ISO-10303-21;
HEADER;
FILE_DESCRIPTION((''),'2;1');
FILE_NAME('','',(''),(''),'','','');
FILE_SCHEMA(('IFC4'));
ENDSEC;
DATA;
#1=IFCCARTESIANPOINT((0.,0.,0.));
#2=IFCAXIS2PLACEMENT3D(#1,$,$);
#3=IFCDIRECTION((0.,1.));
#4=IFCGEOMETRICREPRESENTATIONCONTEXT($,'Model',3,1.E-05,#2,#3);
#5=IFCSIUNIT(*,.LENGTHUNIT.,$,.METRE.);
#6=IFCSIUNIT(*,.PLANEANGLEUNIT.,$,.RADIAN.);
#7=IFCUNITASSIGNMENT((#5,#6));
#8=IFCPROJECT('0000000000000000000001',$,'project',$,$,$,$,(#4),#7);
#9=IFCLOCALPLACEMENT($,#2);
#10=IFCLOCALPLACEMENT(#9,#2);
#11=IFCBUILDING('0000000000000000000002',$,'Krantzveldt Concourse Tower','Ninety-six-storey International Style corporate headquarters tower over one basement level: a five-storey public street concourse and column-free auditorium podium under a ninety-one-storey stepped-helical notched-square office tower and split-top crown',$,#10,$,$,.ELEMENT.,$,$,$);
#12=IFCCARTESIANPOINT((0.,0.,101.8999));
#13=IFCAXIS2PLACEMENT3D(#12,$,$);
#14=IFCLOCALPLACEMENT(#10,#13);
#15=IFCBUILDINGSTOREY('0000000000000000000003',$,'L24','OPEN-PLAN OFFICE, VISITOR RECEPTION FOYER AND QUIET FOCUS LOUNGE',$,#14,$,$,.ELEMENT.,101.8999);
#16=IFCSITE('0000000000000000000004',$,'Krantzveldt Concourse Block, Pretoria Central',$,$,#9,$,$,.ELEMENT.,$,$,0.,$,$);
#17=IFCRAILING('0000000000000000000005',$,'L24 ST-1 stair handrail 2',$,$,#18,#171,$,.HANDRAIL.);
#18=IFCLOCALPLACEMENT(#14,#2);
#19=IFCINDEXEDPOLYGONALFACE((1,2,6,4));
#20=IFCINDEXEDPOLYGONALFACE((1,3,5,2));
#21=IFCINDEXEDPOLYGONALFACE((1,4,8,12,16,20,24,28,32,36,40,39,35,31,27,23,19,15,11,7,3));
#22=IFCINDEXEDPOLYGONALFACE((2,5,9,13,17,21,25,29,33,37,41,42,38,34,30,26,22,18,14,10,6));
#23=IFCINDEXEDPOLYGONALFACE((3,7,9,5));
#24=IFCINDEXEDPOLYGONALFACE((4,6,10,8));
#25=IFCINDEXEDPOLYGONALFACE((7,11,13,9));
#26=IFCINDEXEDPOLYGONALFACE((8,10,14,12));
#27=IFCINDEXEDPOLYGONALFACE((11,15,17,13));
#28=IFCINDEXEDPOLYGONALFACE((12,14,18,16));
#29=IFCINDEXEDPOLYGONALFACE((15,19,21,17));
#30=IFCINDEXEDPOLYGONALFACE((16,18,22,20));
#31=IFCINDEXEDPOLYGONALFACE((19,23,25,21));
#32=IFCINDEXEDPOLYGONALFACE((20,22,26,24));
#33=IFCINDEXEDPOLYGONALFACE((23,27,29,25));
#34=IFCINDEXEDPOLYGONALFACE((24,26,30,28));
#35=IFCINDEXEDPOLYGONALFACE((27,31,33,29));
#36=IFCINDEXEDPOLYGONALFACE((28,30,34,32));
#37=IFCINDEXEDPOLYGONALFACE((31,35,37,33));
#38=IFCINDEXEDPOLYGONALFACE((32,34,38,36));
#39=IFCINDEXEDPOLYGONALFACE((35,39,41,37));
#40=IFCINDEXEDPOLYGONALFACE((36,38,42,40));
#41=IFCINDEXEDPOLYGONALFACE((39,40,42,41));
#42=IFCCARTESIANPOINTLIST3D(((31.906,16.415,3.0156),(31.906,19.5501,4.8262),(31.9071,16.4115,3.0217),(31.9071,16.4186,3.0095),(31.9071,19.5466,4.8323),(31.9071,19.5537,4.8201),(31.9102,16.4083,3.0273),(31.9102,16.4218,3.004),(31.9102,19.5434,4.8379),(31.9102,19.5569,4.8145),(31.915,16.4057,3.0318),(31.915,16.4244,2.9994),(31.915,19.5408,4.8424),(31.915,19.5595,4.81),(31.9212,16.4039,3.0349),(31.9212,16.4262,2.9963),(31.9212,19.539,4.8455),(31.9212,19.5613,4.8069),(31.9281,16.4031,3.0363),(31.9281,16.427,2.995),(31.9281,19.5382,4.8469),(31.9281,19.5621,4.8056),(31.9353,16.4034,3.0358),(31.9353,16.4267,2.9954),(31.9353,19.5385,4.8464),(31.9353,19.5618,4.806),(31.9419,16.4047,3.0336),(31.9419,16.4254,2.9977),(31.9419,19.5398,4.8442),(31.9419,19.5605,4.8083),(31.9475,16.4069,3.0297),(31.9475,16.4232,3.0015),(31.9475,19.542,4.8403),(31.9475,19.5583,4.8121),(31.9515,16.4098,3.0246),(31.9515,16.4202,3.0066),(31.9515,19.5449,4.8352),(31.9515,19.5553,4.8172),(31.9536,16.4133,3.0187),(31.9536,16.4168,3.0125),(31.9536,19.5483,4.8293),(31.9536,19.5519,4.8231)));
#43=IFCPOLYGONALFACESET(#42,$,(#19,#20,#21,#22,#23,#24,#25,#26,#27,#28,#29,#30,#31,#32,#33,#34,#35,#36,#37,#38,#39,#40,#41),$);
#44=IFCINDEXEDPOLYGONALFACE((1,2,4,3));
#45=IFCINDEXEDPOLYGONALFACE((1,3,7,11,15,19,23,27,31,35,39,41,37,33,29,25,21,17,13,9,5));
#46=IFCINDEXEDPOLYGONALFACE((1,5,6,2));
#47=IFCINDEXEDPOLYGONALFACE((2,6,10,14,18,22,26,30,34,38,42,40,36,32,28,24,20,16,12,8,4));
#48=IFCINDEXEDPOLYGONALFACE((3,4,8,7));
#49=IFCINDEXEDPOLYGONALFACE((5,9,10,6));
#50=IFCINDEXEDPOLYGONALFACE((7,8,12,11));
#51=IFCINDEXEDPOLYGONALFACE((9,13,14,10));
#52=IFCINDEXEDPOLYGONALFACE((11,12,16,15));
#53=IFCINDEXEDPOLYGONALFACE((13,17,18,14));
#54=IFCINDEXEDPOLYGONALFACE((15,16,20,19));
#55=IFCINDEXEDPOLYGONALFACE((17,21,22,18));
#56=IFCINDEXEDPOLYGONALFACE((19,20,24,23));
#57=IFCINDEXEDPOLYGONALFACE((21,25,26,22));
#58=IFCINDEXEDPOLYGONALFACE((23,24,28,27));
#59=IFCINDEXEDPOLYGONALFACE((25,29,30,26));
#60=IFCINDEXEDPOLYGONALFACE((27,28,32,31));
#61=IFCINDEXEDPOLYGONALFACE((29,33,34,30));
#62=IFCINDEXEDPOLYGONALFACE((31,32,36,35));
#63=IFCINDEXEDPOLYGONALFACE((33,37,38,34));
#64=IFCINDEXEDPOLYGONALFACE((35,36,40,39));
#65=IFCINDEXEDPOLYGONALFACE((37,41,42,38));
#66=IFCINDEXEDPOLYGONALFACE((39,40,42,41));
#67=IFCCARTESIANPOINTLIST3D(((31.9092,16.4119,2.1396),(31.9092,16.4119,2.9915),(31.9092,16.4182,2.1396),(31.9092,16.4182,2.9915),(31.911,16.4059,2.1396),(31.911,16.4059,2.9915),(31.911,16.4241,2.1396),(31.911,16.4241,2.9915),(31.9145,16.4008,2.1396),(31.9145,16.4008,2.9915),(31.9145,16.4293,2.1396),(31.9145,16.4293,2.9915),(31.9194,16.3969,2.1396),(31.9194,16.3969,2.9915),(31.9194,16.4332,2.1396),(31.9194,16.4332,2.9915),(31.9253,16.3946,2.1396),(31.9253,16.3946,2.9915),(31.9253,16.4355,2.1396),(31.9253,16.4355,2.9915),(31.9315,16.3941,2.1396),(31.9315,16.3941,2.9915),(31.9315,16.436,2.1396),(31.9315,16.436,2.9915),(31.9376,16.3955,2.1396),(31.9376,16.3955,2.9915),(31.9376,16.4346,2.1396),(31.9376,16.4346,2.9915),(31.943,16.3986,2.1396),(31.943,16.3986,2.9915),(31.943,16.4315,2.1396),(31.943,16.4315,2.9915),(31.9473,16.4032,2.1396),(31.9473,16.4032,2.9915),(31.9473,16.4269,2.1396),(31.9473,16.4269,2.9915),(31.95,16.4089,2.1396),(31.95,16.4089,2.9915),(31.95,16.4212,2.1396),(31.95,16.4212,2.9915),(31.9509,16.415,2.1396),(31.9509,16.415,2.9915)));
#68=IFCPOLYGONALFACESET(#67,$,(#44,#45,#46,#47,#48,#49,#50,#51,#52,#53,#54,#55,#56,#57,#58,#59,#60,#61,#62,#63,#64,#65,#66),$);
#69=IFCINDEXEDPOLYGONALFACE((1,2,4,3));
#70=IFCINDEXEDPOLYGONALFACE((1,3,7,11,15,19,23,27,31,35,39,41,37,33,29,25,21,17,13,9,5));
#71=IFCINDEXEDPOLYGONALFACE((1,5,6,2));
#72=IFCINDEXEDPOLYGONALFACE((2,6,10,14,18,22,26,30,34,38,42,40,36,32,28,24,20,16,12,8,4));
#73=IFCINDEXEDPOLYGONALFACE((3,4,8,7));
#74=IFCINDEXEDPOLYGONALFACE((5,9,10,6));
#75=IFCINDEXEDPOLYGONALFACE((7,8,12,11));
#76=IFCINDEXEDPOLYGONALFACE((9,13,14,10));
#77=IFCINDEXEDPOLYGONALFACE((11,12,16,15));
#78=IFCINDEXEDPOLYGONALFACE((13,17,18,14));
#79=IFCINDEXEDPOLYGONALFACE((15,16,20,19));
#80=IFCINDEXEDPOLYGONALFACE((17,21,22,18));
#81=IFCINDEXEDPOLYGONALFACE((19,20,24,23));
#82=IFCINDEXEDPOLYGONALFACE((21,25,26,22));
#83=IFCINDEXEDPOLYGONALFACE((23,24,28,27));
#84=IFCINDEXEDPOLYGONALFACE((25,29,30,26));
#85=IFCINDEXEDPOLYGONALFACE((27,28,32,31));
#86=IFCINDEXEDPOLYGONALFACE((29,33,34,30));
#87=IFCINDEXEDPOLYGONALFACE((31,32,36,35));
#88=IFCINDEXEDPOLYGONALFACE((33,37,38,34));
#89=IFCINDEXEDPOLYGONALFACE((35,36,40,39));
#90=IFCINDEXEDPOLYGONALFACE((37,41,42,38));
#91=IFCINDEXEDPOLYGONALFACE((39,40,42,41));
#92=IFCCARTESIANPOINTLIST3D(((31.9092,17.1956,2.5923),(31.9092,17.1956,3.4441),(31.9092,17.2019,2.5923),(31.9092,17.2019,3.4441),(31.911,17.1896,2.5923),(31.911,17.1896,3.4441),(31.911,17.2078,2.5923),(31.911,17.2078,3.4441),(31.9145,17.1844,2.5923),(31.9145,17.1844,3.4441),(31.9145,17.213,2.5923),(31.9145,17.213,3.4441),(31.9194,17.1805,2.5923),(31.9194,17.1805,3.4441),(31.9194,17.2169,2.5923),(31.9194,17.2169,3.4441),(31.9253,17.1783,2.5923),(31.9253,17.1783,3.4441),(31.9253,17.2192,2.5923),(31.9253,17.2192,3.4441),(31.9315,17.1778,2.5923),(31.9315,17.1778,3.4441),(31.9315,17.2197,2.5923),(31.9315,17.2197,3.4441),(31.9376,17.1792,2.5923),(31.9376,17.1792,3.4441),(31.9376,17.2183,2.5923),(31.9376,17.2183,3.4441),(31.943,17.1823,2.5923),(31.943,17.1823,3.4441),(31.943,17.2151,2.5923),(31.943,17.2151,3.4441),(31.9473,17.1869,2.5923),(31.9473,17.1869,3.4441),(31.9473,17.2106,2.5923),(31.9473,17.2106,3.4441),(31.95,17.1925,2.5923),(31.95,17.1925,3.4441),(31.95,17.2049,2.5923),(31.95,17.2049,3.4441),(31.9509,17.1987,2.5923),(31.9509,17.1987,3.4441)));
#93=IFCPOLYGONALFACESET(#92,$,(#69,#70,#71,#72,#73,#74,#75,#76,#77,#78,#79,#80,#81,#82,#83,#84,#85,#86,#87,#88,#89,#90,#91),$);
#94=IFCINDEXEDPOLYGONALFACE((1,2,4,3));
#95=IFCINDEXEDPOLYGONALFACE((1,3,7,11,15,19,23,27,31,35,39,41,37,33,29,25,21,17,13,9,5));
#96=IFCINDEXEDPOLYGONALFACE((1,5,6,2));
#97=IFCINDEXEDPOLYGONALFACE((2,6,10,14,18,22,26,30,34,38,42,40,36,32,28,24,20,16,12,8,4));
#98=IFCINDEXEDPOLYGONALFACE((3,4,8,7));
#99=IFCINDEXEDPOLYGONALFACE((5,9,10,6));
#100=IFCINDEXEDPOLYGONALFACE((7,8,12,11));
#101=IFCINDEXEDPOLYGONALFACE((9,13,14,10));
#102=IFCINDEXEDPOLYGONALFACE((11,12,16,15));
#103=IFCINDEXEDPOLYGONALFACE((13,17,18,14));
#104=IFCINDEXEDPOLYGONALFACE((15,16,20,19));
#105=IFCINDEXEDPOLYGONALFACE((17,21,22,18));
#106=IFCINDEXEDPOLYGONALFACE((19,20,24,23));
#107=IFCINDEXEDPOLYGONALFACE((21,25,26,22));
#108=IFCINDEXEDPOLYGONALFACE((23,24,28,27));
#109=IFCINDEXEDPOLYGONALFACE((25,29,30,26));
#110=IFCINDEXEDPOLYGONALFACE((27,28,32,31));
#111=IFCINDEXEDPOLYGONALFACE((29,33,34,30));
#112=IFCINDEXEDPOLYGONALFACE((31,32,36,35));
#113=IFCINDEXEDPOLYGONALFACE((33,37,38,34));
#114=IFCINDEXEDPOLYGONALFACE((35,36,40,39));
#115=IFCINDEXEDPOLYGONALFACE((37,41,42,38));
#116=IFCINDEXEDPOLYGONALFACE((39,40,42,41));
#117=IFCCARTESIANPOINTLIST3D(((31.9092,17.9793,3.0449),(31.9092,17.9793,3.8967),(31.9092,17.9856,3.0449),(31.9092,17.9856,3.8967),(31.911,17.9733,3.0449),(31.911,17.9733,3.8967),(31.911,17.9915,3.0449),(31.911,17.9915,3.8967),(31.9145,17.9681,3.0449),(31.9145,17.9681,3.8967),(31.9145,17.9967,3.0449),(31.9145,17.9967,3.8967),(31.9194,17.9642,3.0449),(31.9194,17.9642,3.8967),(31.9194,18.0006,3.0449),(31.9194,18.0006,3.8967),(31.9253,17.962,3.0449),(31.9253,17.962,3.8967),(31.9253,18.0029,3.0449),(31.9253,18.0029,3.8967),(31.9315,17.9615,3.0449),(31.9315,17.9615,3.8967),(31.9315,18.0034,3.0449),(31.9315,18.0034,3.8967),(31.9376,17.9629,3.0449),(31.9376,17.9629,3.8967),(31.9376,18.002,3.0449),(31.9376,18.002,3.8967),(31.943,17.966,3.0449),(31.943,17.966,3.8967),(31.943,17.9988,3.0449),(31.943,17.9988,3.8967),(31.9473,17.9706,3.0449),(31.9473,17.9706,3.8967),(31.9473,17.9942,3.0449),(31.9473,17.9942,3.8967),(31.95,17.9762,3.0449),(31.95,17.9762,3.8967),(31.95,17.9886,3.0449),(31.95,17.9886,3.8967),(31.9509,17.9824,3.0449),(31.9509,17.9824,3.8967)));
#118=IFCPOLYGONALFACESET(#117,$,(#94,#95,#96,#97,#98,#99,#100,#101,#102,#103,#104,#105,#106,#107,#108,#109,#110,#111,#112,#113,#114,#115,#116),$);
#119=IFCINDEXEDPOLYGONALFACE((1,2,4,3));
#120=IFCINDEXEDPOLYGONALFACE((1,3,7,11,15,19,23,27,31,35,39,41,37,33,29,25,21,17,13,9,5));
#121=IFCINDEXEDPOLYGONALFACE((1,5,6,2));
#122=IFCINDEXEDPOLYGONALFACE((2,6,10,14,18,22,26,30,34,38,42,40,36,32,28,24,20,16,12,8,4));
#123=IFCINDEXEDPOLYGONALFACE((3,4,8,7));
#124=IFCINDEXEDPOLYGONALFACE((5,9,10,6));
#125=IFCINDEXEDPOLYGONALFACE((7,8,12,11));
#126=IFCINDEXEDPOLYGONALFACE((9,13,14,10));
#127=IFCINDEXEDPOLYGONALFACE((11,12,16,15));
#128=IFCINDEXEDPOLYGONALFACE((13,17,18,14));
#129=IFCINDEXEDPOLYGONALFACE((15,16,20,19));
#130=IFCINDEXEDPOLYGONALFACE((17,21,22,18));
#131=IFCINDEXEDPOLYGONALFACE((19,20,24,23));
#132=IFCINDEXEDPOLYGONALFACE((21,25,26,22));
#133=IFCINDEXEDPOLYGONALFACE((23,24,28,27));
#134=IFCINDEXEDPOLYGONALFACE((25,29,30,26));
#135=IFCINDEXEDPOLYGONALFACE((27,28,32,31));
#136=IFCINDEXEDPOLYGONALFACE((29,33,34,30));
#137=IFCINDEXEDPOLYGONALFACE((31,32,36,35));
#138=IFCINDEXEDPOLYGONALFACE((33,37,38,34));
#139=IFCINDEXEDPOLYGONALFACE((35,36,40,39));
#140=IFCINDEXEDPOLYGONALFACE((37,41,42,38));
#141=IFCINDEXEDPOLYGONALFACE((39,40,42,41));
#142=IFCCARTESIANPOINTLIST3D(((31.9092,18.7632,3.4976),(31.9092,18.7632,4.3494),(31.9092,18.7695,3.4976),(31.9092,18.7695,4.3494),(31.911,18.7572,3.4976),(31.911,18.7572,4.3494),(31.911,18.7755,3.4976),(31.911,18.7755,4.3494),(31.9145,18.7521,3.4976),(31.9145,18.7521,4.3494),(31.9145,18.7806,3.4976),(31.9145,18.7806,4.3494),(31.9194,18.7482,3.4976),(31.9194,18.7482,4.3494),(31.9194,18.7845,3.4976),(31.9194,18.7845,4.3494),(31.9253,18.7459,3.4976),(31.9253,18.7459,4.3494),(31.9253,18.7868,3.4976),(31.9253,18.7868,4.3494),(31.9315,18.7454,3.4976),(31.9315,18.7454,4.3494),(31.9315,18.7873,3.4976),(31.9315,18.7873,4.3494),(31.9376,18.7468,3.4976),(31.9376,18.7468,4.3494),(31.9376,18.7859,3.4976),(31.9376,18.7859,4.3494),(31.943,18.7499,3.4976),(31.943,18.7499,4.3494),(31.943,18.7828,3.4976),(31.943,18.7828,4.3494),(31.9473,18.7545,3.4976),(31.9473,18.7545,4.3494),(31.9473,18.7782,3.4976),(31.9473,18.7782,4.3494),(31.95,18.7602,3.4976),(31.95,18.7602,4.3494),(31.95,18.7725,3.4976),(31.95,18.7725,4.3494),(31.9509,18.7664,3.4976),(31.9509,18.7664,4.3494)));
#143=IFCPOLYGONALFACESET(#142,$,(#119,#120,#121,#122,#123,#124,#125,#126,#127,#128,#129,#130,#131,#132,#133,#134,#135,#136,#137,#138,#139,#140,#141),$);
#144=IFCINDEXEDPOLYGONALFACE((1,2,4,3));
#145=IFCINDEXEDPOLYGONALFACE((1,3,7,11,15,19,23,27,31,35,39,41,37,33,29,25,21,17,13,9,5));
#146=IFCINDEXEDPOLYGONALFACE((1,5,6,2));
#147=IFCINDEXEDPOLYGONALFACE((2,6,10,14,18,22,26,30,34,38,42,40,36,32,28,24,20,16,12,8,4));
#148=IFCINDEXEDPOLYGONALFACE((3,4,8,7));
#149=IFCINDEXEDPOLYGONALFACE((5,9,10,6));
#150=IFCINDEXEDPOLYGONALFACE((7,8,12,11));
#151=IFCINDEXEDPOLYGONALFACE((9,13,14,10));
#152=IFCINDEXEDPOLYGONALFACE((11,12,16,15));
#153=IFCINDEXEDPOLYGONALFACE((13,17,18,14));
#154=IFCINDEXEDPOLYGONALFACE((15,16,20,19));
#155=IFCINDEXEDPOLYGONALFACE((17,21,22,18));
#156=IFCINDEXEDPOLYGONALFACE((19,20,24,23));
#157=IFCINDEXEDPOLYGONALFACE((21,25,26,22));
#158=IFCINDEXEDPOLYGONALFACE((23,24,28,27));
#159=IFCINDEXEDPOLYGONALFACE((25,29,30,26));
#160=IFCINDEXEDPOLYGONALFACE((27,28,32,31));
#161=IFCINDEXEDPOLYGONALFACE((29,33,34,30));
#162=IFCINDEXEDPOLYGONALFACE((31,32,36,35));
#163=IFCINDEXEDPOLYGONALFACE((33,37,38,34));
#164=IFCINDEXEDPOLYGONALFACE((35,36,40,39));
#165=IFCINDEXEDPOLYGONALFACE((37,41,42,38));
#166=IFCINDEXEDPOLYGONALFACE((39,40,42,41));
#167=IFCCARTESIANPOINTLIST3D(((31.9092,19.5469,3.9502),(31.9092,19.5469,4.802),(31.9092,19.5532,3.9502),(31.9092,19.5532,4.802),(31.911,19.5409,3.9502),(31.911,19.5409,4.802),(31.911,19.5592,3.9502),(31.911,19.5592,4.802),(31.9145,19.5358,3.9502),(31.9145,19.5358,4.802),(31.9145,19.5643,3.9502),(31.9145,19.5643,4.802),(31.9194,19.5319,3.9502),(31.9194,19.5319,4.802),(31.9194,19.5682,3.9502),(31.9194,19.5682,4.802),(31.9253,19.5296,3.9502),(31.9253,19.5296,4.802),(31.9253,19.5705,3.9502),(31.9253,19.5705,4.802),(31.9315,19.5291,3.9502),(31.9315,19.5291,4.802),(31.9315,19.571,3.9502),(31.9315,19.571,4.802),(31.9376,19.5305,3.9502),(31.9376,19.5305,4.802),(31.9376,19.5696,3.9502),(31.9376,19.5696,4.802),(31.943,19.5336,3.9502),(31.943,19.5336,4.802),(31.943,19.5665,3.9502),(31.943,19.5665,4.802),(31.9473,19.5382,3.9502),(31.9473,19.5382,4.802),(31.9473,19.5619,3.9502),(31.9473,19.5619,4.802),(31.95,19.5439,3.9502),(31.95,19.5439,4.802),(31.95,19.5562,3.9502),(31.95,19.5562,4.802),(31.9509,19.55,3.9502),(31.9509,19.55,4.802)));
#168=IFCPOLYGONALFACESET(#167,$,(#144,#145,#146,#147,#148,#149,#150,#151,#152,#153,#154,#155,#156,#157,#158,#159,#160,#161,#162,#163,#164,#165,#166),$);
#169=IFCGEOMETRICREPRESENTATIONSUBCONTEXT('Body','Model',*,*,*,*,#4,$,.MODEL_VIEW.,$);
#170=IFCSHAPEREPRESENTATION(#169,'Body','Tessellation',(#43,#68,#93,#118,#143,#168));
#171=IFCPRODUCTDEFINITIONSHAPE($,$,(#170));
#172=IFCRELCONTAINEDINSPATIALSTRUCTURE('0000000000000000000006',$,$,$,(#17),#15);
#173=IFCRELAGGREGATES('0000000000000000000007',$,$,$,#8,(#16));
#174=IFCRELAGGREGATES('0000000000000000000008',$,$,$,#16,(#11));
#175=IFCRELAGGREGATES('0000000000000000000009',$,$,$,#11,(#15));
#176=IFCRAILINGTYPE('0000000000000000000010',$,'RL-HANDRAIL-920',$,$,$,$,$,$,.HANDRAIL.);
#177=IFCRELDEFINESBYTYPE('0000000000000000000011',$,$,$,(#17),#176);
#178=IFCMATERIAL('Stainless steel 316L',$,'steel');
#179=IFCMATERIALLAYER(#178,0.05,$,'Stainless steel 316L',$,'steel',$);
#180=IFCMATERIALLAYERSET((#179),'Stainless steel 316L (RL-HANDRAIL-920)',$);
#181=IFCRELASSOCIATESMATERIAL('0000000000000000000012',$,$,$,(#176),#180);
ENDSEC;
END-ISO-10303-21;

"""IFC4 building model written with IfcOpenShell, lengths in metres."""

from ifc_helpers import new_model, si_unit, direction, frame, origin, origin_2d, place, context, subcontext, project, spatial, circle, extrude, material, layer, layer_set, type_object, element, save


model = new_model("IFC4")

# Units and contexts
model_context = context("Model", 3, precision=1e-05, world=origin(), true_north=direction((0.0, 1.0)))
body_context = subcontext(model_context, "Body", "Model", "MODEL_VIEW")
ifc_project = project(units=[si_unit("LENGTHUNIT", "METRE"), si_unit("PLANEANGLEUNIT", "RADIAN")], contexts=[model_context])

# Site, building, storey
site_placement = place(None, origin())
site = spatial("IfcSite", under=ifc_project, at=site_placement, Name="Krantzveldt Concourse Block, Pretoria Central", CompositionType="ELEMENT", RefElevation=0.0)
building_placement = place(site_placement, origin())
building = spatial("IfcBuilding", under=site, at=building_placement, Name="Krantzveldt Concourse Tower", Description="Ninety-six-storey International Style corporate headquarters tower over one basement level: a five-storey public street concourse and column-free auditorium podium under a ninety-one-storey stepped-helical notched-square office tower and split-top crown", CompositionType="ELEMENT")
storey_placement = place(building_placement, frame((0.0, 0.0, 101.8999)))
storey = spatial("IfcBuildingStorey", under=building, at=storey_placement, Name="L24", Description="OPEN-PLAN OFFICE, VISITOR RECEPTION FOYER AND QUIET FOCUS LOUNGE", CompositionType="ELEMENT", Elevation=101.8999)

# Railing
ifc_material_1 = material(Name="Stainless steel 316L", Category="steel")
ifc_layer_1 = layer(ifc_material_1, 0.05, Name="Stainless steel 316L", Category="steel")
ifc_layer_set_1 = layer_set([ifc_layer_1], Name="Stainless steel 316L (RL-HANDRAIL-920)")
railing_type_1 = type_object("IfcRailingType", Name="RL-HANDRAIL-920", PredefinedType="HANDRAIL", material=ifc_layer_set_1)
railing_1_placement = place(storey_placement, frame((31.9299, 16.415, 2.1396)))
element("IfcRailing", 1, at=railing_1_placement, inside=storey, type_object=railing_type_1, Name="L24 ST-1 stair handrail 2", PredefinedType="HANDRAIL", context=body_context, shape_type="SweptSolid", body=[
    extrude(circle(Radius=0.0239, at=origin_2d()), frame((0.0, 0.0, 0.876), z_axis=(0.0, 0.86596, 0.500114), x_axis=(-1.0, 0.0, 0.0)), (0.0, 0.0, 1.0), 3.6204),
    extrude(circle(Radius=0.021, at=origin_2d()), origin(), (0.0, 0.0, 1.0), 0.8518),
    extrude(circle(Radius=0.021, at=origin_2d()), frame((0.0, 0.7837, 0.4526)), (0.0, 0.0, 1.0), 0.8518),
    extrude(circle(Radius=0.021, at=origin_2d()), frame((0.0, 1.5674, 0.9053)), (0.0, 0.0, 1.0), 0.8518),
    extrude(circle(Radius=0.021, at=origin_2d()), frame((0.0, 2.3513, 1.3579)), (0.0, 0.0, 1.0), 0.8518),
    extrude(circle(Radius=0.021, at=origin_2d()), frame((0.0, 3.135, 1.8105)), (0.0, 0.0, 1.0), 0.8518),
])

save(model, "model.ifc")
